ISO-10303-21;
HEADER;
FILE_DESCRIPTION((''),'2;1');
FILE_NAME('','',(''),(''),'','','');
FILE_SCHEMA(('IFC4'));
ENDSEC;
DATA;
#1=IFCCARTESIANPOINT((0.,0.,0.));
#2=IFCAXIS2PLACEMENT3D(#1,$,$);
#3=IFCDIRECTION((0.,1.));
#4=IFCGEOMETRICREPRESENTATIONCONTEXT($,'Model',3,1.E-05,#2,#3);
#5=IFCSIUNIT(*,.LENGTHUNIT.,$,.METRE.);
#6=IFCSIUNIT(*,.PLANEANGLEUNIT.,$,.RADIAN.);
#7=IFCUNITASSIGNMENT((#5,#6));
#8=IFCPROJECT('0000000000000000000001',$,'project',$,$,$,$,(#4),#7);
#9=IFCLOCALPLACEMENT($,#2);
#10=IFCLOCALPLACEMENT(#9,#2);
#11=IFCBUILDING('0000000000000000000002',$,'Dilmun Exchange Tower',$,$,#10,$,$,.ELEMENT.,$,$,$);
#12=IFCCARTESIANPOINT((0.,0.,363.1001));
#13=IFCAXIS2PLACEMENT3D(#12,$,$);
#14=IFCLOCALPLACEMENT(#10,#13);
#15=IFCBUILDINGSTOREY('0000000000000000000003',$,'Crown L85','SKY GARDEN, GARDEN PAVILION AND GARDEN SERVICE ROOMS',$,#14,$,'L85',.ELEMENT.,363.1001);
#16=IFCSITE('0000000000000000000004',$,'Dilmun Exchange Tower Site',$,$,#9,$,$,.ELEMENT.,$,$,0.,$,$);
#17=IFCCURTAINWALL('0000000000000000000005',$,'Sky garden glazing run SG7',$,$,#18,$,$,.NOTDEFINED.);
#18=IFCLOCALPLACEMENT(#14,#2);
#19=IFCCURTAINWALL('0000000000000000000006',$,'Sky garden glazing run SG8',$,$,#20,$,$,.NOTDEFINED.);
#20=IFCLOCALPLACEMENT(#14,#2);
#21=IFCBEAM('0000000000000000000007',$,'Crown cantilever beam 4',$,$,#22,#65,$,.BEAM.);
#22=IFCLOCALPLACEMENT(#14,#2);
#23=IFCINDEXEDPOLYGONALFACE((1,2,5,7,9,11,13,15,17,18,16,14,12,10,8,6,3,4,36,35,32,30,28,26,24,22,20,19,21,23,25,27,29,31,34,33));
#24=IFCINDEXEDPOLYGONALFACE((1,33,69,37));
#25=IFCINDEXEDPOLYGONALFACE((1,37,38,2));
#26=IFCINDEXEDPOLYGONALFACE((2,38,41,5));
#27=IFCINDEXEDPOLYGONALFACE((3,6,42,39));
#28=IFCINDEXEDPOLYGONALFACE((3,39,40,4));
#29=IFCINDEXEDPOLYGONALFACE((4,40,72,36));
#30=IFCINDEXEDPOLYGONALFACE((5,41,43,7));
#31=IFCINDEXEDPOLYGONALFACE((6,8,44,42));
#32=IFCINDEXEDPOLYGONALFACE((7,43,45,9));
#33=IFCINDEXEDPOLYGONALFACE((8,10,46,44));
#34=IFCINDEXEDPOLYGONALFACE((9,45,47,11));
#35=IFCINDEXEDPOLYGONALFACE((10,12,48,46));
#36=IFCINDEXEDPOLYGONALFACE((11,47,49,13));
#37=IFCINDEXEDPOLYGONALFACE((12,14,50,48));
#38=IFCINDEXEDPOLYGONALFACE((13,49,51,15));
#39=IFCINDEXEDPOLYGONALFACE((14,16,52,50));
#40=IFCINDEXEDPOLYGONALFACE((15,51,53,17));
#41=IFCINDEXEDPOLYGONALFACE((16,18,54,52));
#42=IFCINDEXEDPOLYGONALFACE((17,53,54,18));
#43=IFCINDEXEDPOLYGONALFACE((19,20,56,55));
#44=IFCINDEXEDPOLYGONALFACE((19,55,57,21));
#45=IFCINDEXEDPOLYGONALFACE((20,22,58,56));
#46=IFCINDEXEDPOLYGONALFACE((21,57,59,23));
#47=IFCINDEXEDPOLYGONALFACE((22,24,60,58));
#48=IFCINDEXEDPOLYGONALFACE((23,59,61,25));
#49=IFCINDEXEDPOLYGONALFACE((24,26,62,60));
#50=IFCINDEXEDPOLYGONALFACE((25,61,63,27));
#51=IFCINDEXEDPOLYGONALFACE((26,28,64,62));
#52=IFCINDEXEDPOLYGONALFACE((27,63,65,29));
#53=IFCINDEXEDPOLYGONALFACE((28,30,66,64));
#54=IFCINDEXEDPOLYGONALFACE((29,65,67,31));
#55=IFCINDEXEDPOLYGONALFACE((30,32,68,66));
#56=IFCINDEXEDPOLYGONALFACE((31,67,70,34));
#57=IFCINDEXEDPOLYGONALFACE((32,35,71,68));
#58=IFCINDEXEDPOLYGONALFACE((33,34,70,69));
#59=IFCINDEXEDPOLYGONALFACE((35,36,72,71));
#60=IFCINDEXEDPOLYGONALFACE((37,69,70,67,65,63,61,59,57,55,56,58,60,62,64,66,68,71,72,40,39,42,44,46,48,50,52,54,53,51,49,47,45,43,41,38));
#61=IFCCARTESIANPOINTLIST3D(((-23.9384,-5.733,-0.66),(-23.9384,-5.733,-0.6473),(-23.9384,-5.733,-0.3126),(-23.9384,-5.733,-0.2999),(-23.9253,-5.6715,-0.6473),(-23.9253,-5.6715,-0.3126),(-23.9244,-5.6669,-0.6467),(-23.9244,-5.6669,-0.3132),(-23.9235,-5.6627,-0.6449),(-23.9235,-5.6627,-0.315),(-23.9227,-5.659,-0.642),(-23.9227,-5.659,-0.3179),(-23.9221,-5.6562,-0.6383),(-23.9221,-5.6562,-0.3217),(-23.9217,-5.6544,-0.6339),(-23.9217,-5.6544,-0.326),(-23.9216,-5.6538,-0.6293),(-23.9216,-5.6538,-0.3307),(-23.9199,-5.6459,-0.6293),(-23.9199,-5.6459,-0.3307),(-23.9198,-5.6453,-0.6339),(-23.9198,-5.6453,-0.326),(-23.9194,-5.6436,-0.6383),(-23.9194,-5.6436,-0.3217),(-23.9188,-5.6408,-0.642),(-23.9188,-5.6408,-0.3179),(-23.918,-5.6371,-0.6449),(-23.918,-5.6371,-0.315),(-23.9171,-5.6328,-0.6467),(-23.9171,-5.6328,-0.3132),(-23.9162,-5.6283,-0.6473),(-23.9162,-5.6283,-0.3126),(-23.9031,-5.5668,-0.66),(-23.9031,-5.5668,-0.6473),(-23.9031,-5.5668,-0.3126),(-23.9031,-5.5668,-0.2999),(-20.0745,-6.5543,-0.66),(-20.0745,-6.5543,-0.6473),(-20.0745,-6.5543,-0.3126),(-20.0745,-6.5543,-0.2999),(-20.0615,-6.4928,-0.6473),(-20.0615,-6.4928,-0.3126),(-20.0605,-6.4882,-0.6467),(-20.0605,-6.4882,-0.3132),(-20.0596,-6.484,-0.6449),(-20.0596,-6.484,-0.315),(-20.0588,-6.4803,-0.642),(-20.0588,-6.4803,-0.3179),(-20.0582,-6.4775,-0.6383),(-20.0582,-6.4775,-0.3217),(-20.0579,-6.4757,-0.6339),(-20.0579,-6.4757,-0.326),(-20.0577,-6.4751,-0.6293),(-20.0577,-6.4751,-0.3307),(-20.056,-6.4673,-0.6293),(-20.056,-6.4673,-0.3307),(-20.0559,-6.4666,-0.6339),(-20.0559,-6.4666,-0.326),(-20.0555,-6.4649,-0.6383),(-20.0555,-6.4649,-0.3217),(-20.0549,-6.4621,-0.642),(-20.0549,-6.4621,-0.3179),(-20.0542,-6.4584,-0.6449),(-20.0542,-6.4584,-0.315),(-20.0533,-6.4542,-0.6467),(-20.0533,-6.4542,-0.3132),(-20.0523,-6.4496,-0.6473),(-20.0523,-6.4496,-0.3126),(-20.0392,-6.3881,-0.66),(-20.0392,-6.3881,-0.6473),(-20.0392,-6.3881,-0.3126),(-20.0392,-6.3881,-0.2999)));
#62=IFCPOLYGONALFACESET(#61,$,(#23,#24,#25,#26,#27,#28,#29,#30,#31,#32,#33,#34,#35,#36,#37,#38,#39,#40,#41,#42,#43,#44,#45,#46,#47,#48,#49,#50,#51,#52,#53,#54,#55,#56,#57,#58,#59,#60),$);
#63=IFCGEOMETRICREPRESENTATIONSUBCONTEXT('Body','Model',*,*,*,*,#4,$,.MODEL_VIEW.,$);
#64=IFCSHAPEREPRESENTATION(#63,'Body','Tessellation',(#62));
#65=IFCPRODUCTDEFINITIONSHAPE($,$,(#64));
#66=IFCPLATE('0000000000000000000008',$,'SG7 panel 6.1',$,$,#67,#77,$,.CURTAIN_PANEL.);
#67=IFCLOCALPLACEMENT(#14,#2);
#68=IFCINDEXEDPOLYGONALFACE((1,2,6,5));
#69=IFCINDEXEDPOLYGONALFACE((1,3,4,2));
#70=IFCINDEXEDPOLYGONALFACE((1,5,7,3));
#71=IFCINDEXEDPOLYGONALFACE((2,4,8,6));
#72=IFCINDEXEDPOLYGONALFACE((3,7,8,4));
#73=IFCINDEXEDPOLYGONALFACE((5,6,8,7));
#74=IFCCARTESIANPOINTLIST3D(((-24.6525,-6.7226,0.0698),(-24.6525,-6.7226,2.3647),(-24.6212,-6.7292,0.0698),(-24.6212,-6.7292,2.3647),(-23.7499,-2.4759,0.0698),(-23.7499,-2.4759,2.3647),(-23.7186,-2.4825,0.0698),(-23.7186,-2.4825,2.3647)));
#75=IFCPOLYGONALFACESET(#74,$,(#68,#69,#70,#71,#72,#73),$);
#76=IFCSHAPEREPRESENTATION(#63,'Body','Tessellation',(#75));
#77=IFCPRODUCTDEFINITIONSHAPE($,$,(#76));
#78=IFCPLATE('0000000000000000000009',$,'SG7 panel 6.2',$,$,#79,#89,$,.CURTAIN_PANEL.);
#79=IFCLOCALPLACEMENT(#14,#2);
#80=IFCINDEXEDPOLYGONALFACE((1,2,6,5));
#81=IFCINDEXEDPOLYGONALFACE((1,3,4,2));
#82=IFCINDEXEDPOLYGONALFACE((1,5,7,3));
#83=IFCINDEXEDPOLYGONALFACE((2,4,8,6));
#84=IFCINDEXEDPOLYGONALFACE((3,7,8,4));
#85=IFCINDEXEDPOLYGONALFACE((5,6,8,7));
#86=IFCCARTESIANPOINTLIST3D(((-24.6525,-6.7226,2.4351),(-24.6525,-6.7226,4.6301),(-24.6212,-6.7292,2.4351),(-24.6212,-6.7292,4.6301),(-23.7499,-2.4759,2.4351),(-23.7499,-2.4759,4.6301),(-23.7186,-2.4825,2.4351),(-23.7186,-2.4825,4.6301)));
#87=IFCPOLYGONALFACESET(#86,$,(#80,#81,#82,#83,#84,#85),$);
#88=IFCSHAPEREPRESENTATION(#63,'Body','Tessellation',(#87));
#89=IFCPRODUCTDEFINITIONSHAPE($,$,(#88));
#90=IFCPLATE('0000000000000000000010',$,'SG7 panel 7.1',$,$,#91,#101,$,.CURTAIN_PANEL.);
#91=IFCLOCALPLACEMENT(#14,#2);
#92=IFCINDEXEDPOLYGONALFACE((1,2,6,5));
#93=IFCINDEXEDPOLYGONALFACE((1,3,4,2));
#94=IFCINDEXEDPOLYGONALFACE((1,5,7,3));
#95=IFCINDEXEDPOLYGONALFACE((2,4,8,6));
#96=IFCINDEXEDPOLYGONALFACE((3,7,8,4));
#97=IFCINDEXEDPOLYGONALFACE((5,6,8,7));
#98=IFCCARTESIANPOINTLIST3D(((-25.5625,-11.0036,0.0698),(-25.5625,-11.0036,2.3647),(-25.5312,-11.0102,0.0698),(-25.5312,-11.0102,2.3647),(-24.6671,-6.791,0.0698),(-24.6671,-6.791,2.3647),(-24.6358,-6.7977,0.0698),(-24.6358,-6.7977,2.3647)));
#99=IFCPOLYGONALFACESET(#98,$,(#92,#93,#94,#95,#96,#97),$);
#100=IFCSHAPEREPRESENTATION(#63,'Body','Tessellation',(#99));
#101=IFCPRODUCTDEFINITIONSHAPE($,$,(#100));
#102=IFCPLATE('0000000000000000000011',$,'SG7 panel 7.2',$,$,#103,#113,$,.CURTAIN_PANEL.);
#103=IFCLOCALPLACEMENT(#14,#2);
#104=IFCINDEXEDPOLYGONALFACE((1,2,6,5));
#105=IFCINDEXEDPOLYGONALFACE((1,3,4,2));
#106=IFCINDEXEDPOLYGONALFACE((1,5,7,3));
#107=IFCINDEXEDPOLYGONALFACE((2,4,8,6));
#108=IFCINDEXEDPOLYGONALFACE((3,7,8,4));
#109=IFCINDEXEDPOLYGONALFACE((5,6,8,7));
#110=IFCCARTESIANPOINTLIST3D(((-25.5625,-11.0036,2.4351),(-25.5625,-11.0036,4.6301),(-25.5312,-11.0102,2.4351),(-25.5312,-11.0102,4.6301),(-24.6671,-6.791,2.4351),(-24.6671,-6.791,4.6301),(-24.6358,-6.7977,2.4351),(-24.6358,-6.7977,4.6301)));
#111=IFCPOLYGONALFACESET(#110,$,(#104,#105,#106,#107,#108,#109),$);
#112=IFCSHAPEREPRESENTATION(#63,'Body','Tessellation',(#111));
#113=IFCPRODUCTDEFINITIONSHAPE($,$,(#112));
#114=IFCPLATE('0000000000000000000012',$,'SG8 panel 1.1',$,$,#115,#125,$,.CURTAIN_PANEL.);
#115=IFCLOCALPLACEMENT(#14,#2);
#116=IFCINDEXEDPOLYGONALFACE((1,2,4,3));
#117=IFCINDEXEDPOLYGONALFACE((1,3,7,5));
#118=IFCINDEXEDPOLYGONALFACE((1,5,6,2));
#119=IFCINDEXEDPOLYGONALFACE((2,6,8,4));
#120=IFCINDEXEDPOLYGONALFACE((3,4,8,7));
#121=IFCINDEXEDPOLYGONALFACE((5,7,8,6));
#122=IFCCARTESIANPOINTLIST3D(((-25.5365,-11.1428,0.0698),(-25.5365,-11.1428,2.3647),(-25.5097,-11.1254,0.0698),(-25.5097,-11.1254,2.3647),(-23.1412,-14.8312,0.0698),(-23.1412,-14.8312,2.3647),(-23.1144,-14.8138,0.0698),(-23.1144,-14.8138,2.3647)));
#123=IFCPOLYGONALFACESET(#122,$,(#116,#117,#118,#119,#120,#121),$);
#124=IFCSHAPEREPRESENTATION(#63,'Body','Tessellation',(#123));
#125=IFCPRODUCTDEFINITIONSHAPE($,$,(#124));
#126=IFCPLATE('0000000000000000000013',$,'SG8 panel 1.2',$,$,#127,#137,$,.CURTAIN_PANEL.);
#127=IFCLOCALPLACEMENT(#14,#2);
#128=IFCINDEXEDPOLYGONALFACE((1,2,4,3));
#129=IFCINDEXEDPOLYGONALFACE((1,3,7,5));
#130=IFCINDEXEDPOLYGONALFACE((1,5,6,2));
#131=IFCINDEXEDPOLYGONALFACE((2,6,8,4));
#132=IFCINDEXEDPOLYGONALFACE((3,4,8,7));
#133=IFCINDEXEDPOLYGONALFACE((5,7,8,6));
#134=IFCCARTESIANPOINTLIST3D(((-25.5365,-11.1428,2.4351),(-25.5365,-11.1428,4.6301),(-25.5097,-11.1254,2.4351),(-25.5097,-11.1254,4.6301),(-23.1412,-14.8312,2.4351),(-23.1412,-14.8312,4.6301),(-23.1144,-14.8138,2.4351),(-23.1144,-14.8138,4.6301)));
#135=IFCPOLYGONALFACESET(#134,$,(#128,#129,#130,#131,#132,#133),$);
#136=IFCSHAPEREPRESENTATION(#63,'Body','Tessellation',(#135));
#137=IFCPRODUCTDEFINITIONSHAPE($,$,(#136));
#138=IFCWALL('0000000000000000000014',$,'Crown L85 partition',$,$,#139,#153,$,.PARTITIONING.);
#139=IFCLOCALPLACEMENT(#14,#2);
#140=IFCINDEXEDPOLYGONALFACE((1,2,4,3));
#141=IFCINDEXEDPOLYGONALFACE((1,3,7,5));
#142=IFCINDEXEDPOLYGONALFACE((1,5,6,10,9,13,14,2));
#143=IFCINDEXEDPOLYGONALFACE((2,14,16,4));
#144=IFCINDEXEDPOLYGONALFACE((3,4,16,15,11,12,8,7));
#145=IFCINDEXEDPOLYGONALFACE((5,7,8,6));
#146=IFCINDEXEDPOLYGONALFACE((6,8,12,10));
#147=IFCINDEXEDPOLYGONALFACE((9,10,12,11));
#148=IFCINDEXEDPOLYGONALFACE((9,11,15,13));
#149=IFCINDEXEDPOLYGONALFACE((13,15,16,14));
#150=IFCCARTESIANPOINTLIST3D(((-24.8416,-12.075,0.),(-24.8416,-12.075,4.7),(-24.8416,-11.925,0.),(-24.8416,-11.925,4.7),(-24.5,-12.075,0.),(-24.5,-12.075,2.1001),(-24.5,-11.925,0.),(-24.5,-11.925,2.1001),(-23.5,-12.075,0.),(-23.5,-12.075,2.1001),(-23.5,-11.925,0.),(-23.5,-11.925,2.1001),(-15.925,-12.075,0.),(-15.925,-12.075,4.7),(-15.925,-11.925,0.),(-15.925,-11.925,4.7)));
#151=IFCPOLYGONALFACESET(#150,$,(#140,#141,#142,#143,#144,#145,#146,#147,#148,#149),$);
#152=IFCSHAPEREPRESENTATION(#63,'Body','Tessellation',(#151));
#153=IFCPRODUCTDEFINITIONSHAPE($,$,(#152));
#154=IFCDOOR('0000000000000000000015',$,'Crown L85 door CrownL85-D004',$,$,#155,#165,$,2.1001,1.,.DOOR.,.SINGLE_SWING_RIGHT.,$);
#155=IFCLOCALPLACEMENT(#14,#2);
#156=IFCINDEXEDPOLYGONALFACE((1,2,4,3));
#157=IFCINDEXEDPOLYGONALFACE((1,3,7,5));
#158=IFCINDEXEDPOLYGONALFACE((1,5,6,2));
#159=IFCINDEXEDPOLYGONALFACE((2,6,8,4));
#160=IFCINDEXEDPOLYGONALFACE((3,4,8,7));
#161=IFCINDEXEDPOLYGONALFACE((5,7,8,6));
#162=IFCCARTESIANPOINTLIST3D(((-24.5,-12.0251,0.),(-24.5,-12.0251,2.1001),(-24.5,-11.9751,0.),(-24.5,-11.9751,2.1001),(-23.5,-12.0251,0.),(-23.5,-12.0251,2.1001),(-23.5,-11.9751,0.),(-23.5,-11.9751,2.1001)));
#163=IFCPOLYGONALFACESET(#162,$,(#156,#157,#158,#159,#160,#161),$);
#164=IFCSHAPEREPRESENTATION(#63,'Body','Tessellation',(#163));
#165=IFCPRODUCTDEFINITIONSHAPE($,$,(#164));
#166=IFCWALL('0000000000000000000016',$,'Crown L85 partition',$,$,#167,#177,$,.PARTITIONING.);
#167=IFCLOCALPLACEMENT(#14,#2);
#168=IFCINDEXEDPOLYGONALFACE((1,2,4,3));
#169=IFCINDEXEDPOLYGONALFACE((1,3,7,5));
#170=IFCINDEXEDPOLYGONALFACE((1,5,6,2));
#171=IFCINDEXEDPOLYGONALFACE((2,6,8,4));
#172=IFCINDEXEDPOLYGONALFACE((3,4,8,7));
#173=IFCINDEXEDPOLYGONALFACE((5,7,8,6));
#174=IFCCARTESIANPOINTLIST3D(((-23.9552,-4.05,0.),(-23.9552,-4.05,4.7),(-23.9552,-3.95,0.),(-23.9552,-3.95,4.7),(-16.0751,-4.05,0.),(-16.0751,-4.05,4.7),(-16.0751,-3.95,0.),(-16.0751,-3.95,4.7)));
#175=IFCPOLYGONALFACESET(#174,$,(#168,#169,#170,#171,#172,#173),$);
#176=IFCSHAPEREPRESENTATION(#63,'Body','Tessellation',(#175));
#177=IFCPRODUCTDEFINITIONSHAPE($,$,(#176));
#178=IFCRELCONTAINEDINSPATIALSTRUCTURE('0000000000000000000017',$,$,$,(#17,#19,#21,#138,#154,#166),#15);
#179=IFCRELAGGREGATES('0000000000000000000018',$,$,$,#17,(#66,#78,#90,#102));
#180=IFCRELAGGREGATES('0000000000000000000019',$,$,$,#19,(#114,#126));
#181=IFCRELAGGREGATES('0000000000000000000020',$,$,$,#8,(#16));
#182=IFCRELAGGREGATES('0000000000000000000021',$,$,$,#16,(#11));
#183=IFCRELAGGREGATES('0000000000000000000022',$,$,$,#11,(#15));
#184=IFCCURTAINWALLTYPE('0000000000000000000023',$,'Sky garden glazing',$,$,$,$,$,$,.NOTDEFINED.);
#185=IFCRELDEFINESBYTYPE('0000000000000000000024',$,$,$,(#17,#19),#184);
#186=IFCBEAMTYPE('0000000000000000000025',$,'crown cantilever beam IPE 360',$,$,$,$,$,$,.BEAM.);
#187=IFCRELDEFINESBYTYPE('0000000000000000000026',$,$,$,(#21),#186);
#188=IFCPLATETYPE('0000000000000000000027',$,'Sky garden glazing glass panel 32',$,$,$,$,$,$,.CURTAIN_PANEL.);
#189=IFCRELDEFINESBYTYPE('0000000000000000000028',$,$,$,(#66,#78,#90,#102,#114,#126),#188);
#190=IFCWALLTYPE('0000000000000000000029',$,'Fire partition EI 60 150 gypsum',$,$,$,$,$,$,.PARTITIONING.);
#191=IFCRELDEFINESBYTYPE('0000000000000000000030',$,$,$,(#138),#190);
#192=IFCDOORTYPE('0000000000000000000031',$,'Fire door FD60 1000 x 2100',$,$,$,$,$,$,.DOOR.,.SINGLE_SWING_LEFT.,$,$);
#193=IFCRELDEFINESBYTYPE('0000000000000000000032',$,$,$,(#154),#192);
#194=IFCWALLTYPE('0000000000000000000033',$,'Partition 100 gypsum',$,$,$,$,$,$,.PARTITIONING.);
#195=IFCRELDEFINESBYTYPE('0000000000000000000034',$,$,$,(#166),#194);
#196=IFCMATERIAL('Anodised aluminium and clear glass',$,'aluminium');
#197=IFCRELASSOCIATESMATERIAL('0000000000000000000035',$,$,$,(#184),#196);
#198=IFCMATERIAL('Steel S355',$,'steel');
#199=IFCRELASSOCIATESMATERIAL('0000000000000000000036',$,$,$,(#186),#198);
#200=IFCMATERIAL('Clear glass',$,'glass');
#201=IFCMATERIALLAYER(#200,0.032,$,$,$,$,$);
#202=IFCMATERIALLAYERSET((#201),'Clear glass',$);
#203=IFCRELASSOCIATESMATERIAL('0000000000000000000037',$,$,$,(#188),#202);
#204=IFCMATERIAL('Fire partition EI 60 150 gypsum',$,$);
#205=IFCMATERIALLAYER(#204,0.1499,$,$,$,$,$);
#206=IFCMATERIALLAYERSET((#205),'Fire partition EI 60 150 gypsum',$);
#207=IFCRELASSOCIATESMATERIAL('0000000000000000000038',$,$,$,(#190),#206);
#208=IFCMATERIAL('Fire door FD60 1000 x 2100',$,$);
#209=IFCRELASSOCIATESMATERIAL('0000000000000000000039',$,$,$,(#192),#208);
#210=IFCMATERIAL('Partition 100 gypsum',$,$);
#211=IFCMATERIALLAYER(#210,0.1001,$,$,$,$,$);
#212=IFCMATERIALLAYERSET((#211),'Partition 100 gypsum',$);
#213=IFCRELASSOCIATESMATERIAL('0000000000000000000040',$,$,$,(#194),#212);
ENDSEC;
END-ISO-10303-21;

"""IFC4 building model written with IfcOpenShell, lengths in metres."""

from ifc_helpers import new_model, si_unit, direction, frame, frame_2d, origin, origin_2d, place, context, subcontext, project, spatial, rectangle, i_section, extrude, material, layer, layer_set, material_profile, profile_set, type_object, element, fill, aggregate, save


model = new_model("IFC4")

# Units and contexts
model_context = context("Model", 3, precision=1e-05, world=origin(), true_north=direction((0.0, 1.0)))
body_context = subcontext(model_context, "Body", "Model", "MODEL_VIEW")
ifc_project = project(units=[si_unit("LENGTHUNIT", "METRE"), si_unit("PLANEANGLEUNIT", "RADIAN")], contexts=[model_context])

# Site, building, storey
site_placement = place(None, origin())
site = spatial("IfcSite", under=ifc_project, at=site_placement, Name="Dilmun Exchange Tower Site", CompositionType="ELEMENT", RefElevation=0.0)
building_placement = place(site_placement, origin())
building = spatial("IfcBuilding", under=site, at=building_placement, Name="Dilmun Exchange Tower", CompositionType="ELEMENT")
storey_placement = place(building_placement, frame((0.0, 0.0, 363.1001)))
storey = spatial("IfcBuildingStorey", under=building, at=storey_placement, Name="Crown L85", Description="SKY GARDEN, GARDEN PAVILION AND GARDEN SERVICE ROOMS", LongName="L85", CompositionType="ELEMENT", Elevation=363.1001)

# Curtain wall
ifc_material_1 = material(Name="Anodised aluminium and clear glass", Category="aluminium")
curtain_wall_type = type_object("IfcCurtainWallType", Name="Sky garden glazing", PredefinedType="NOTDEFINED", material=ifc_material_1)
curtain_wall_1_placement = place(storey_placement, origin())
curtain_wall_1 = element("IfcCurtainWall", 1, at=curtain_wall_1_placement, inside=storey, type_object=curtain_wall_type, Name="Sky garden glazing run SG7", PredefinedType="NOTDEFINED")

# Curtain wall
curtain_wall_2_placement = place(storey_placement, origin())
curtain_wall_2 = element("IfcCurtainWall", 2, at=curtain_wall_2_placement, inside=storey, type_object=curtain_wall_type, Name="Sky garden glazing run SG8", PredefinedType="NOTDEFINED")

# Beam
ifc_material_2 = material(Name="Steel S355", Category="steel")
ifc_material_profile_1 = material_profile(ifc_material_2, i_section(OverallWidth=0.1699, OverallDepth=0.3601, WebThickness=0.0081, FlangeThickness=0.0127, FilletRadius=0.0181, at=origin_2d()), Name="IPE 360")
ifc_profile_set_1 = profile_set([ifc_material_profile_1], Name="Steel S355")
beam_type = type_object("IfcBeamType", Name="crown cantilever beam IPE 360", PredefinedType="BEAM", material=ifc_profile_set_1)
beam_placement = place(storey_placement, frame((-20.0569, -6.4712, -0.48), z_axis=(-0.978147, 0.207916, 0.0), x_axis=(-0.207916, -0.978147, 0.0)))
element("IfcBeam", 3, at=beam_placement, inside=storey, type_object=beam_type, Name="Crown cantilever beam 4", PredefinedType="BEAM", context=body_context, shape_type="SweptSolid", body=[
    extrude(i_section(OverallWidth=0.1699, OverallDepth=0.3601, WebThickness=0.0081, FlangeThickness=0.0127, FilletRadius=0.0181, at=origin_2d()), origin(), (0.0, 0.0, 1.0), 3.9502),
])

# Plates
ifc_material_3 = material(Name="Clear glass", Category="glass")
ifc_layer_1 = layer(ifc_material_3, 0.032)
ifc_layer_set_1 = layer_set([ifc_layer_1], Name="Clear glass")
plate_type = type_object("IfcPlateType", Name="Sky garden glazing glass panel 32", PredefinedType="CURTAIN_PANEL", material=ifc_layer_set_1)
plate_1_placement = place(storey_placement, frame((-24.1855, -4.6025, 0.0698), z_axis=(0.0, 0.0, 1.0), x_axis=(-0.207911, -0.978148, 0.0)))
plate_1 = element("IfcPlate", 4, at=plate_1_placement, type_object=plate_type, Name="SG7 panel 6.1", PredefinedType="CURTAIN_PANEL", context=body_context, shape_type="SweptSolid", body=[
    extrude(rectangle(XDim=4.3416, YDim=0.032, at=origin_2d()), origin(), (0.0, 0.0, 1.0), 2.2949),
])
plate_2_placement = place(storey_placement, frame((-24.1855, -4.6025, 2.4351), z_axis=(0.0, 0.0, 1.0), x_axis=(-0.207911, -0.978148, 0.0)))
plate_2 = element("IfcPlate", 5, at=plate_2_placement, type_object=plate_type, Name="SG7 panel 6.2", PredefinedType="CURTAIN_PANEL", context=body_context, shape_type="SweptSolid", body=[
    extrude(rectangle(XDim=4.3416, YDim=0.032, at=origin_2d()), origin(), (0.0, 0.0, 1.0), 2.1951),
])
plate_3_placement = place(storey_placement, frame((-25.0991, -8.9006, 0.0698), z_axis=(0.0, 0.0, 1.0), x_axis=(-0.207911, -0.978148, 0.0)))
plate_3 = element("IfcPlate", 6, at=plate_3_placement, type_object=plate_type, Name="SG7 panel 7.1", PredefinedType="CURTAIN_PANEL", context=body_context, shape_type="SweptSolid", body=[
    extrude(rectangle(XDim=4.3066, YDim=0.032, at=origin_2d()), origin(), (0.0, 0.0, 1.0), 2.2949),
])
plate_4_placement = place(storey_placement, frame((-25.0991, -8.9006, 2.4351), z_axis=(0.0, 0.0, 1.0), x_axis=(-0.207911, -0.978148, 0.0)))
plate_4 = element("IfcPlate", 7, at=plate_4_placement, type_object=plate_type, Name="SG7 panel 7.2", PredefinedType="CURTAIN_PANEL", context=body_context, shape_type="SweptSolid", body=[
    extrude(rectangle(XDim=4.3066, YDim=0.032, at=origin_2d()), origin(), (0.0, 0.0, 1.0), 2.1951),
])
aggregate(curtain_wall_1, [plate_1, plate_2, plate_3, plate_4])
plate_5_placement = place(storey_placement, frame((-24.3254, -12.9783, 0.0698), z_axis=(0.0, 0.0, 1.0), x_axis=(0.544644, -0.838667, 0.0)))
plate_5 = element("IfcPlate", 8, at=plate_5_placement, type_object=plate_type, Name="SG8 panel 1.1", PredefinedType="CURTAIN_PANEL", context=body_context, shape_type="SweptSolid", body=[
    extrude(rectangle(XDim=4.3979, YDim=0.032, at=origin_2d()), origin(), (0.0, 0.0, 1.0), 2.2949),
])
plate_6_placement = place(storey_placement, frame((-24.3254, -12.9783, 2.4351), z_axis=(0.0, 0.0, 1.0), x_axis=(0.544644, -0.838667, 0.0)))
plate_6 = element("IfcPlate", 9, at=plate_6_placement, type_object=plate_type, Name="SG8 panel 1.2", PredefinedType="CURTAIN_PANEL", context=body_context, shape_type="SweptSolid", body=[
    extrude(rectangle(XDim=4.3979, YDim=0.032, at=origin_2d()), origin(), (0.0, 0.0, 1.0), 2.1951),
])
aggregate(curtain_wall_2, [plate_5, plate_6])

# Wall, opening, door
ifc_material_4 = material(Name="Fire partition EI 60 150 gypsum")
ifc_layer_2 = layer(ifc_material_4, 0.1499)
ifc_layer_set_2 = layer_set([ifc_layer_2], Name="Fire partition EI 60 150 gypsum")
wall_type_1 = type_object("IfcWallType", Name="Fire partition EI 60 150 gypsum", PredefinedType="PARTITIONING", material=ifc_layer_set_2)
wall_1_placement = place(storey_placement, frame((-24.8416, -12.0, 0.0), z_axis=(0.0, 0.0, 1.0), x_axis=(1.0, 0.0, 0.0)))
wall_1 = element("IfcWall", 10, at=wall_1_placement, inside=storey, type_object=wall_type_1, Name="Crown L85 partition", PredefinedType="PARTITIONING", context=body_context, shape_type="SweptSolid", body=[
    extrude(rectangle(XDim=8.9165, YDim=0.1499, at=frame_2d((4.4583, 0.0))), origin(), (0.0, 0.0, 1.0), 4.7),
])
opening_placement = place(wall_1_placement, frame((0.3416, 0.0, 0.0)))
opening = element("IfcOpeningElement", 11, at=opening_placement, cuts=wall_1, PredefinedType="OPENING", context=body_context, shape_type="SweptSolid", body=[
    extrude(rectangle(XDim=1.0, YDim=2.1001, at=frame_2d((0.5, 1.05))), frame((0.0, 0.085, 0.0), z_axis=(0.0, -1.0, 0.0), x_axis=(1.0, 0.0, 0.0)), (0.0, 0.0, 1.0), 0.1699),
])
ifc_material_5 = material(Name="Fire door FD60 1000 x 2100")
door_type = type_object("IfcDoorType", Name="Fire door FD60 1000 x 2100", OperationType="SINGLE_SWING_LEFT", PredefinedType="DOOR", material=ifc_material_5)
door_placement = place(opening_placement, origin())
door = element("IfcDoor", 12, at=door_placement, inside=storey, type_object=door_type, Name="Crown L85 door CrownL85-D004", OperationType="SINGLE_SWING_RIGHT", OverallHeight=2.1001, OverallWidth=1.0, PredefinedType="DOOR", context=body_context, shape_type="SweptSolid", body=[
    extrude(rectangle(XDim=1.0, YDim=2.1001, at=frame_2d((0.5, 1.05))), frame((0.0, 0.0249, 0.0), z_axis=(0.0, -1.0, 0.0), x_axis=(1.0, 0.0, 0.0)), (0.0, 0.0, 1.0), 0.05),
])
fill(opening, door)

# Wall
ifc_material_6 = material(Name="Partition 100 gypsum")
ifc_layer_3 = layer(ifc_material_6, 0.1001)
ifc_layer_set_3 = layer_set([ifc_layer_3], Name="Partition 100 gypsum")
wall_type_2 = type_object("IfcWallType", Name="Partition 100 gypsum", PredefinedType="PARTITIONING", material=ifc_layer_set_3)
wall_2_placement = place(storey_placement, frame((-23.9551, -4.0, 0.0), z_axis=(0.0, 0.0, 1.0), x_axis=(1.0, 0.0, 0.0)))
element("IfcWall", 13, at=wall_2_placement, inside=storey, type_object=wall_type_2, Name="Crown L85 partition", PredefinedType="PARTITIONING", context=body_context, shape_type="SweptSolid", body=[
    extrude(rectangle(XDim=7.8801, YDim=0.1001, at=frame_2d((3.9399, 0.0))), origin(), (0.0, 0.0, 1.0), 4.7),
])

save(model, "model.ifc")
